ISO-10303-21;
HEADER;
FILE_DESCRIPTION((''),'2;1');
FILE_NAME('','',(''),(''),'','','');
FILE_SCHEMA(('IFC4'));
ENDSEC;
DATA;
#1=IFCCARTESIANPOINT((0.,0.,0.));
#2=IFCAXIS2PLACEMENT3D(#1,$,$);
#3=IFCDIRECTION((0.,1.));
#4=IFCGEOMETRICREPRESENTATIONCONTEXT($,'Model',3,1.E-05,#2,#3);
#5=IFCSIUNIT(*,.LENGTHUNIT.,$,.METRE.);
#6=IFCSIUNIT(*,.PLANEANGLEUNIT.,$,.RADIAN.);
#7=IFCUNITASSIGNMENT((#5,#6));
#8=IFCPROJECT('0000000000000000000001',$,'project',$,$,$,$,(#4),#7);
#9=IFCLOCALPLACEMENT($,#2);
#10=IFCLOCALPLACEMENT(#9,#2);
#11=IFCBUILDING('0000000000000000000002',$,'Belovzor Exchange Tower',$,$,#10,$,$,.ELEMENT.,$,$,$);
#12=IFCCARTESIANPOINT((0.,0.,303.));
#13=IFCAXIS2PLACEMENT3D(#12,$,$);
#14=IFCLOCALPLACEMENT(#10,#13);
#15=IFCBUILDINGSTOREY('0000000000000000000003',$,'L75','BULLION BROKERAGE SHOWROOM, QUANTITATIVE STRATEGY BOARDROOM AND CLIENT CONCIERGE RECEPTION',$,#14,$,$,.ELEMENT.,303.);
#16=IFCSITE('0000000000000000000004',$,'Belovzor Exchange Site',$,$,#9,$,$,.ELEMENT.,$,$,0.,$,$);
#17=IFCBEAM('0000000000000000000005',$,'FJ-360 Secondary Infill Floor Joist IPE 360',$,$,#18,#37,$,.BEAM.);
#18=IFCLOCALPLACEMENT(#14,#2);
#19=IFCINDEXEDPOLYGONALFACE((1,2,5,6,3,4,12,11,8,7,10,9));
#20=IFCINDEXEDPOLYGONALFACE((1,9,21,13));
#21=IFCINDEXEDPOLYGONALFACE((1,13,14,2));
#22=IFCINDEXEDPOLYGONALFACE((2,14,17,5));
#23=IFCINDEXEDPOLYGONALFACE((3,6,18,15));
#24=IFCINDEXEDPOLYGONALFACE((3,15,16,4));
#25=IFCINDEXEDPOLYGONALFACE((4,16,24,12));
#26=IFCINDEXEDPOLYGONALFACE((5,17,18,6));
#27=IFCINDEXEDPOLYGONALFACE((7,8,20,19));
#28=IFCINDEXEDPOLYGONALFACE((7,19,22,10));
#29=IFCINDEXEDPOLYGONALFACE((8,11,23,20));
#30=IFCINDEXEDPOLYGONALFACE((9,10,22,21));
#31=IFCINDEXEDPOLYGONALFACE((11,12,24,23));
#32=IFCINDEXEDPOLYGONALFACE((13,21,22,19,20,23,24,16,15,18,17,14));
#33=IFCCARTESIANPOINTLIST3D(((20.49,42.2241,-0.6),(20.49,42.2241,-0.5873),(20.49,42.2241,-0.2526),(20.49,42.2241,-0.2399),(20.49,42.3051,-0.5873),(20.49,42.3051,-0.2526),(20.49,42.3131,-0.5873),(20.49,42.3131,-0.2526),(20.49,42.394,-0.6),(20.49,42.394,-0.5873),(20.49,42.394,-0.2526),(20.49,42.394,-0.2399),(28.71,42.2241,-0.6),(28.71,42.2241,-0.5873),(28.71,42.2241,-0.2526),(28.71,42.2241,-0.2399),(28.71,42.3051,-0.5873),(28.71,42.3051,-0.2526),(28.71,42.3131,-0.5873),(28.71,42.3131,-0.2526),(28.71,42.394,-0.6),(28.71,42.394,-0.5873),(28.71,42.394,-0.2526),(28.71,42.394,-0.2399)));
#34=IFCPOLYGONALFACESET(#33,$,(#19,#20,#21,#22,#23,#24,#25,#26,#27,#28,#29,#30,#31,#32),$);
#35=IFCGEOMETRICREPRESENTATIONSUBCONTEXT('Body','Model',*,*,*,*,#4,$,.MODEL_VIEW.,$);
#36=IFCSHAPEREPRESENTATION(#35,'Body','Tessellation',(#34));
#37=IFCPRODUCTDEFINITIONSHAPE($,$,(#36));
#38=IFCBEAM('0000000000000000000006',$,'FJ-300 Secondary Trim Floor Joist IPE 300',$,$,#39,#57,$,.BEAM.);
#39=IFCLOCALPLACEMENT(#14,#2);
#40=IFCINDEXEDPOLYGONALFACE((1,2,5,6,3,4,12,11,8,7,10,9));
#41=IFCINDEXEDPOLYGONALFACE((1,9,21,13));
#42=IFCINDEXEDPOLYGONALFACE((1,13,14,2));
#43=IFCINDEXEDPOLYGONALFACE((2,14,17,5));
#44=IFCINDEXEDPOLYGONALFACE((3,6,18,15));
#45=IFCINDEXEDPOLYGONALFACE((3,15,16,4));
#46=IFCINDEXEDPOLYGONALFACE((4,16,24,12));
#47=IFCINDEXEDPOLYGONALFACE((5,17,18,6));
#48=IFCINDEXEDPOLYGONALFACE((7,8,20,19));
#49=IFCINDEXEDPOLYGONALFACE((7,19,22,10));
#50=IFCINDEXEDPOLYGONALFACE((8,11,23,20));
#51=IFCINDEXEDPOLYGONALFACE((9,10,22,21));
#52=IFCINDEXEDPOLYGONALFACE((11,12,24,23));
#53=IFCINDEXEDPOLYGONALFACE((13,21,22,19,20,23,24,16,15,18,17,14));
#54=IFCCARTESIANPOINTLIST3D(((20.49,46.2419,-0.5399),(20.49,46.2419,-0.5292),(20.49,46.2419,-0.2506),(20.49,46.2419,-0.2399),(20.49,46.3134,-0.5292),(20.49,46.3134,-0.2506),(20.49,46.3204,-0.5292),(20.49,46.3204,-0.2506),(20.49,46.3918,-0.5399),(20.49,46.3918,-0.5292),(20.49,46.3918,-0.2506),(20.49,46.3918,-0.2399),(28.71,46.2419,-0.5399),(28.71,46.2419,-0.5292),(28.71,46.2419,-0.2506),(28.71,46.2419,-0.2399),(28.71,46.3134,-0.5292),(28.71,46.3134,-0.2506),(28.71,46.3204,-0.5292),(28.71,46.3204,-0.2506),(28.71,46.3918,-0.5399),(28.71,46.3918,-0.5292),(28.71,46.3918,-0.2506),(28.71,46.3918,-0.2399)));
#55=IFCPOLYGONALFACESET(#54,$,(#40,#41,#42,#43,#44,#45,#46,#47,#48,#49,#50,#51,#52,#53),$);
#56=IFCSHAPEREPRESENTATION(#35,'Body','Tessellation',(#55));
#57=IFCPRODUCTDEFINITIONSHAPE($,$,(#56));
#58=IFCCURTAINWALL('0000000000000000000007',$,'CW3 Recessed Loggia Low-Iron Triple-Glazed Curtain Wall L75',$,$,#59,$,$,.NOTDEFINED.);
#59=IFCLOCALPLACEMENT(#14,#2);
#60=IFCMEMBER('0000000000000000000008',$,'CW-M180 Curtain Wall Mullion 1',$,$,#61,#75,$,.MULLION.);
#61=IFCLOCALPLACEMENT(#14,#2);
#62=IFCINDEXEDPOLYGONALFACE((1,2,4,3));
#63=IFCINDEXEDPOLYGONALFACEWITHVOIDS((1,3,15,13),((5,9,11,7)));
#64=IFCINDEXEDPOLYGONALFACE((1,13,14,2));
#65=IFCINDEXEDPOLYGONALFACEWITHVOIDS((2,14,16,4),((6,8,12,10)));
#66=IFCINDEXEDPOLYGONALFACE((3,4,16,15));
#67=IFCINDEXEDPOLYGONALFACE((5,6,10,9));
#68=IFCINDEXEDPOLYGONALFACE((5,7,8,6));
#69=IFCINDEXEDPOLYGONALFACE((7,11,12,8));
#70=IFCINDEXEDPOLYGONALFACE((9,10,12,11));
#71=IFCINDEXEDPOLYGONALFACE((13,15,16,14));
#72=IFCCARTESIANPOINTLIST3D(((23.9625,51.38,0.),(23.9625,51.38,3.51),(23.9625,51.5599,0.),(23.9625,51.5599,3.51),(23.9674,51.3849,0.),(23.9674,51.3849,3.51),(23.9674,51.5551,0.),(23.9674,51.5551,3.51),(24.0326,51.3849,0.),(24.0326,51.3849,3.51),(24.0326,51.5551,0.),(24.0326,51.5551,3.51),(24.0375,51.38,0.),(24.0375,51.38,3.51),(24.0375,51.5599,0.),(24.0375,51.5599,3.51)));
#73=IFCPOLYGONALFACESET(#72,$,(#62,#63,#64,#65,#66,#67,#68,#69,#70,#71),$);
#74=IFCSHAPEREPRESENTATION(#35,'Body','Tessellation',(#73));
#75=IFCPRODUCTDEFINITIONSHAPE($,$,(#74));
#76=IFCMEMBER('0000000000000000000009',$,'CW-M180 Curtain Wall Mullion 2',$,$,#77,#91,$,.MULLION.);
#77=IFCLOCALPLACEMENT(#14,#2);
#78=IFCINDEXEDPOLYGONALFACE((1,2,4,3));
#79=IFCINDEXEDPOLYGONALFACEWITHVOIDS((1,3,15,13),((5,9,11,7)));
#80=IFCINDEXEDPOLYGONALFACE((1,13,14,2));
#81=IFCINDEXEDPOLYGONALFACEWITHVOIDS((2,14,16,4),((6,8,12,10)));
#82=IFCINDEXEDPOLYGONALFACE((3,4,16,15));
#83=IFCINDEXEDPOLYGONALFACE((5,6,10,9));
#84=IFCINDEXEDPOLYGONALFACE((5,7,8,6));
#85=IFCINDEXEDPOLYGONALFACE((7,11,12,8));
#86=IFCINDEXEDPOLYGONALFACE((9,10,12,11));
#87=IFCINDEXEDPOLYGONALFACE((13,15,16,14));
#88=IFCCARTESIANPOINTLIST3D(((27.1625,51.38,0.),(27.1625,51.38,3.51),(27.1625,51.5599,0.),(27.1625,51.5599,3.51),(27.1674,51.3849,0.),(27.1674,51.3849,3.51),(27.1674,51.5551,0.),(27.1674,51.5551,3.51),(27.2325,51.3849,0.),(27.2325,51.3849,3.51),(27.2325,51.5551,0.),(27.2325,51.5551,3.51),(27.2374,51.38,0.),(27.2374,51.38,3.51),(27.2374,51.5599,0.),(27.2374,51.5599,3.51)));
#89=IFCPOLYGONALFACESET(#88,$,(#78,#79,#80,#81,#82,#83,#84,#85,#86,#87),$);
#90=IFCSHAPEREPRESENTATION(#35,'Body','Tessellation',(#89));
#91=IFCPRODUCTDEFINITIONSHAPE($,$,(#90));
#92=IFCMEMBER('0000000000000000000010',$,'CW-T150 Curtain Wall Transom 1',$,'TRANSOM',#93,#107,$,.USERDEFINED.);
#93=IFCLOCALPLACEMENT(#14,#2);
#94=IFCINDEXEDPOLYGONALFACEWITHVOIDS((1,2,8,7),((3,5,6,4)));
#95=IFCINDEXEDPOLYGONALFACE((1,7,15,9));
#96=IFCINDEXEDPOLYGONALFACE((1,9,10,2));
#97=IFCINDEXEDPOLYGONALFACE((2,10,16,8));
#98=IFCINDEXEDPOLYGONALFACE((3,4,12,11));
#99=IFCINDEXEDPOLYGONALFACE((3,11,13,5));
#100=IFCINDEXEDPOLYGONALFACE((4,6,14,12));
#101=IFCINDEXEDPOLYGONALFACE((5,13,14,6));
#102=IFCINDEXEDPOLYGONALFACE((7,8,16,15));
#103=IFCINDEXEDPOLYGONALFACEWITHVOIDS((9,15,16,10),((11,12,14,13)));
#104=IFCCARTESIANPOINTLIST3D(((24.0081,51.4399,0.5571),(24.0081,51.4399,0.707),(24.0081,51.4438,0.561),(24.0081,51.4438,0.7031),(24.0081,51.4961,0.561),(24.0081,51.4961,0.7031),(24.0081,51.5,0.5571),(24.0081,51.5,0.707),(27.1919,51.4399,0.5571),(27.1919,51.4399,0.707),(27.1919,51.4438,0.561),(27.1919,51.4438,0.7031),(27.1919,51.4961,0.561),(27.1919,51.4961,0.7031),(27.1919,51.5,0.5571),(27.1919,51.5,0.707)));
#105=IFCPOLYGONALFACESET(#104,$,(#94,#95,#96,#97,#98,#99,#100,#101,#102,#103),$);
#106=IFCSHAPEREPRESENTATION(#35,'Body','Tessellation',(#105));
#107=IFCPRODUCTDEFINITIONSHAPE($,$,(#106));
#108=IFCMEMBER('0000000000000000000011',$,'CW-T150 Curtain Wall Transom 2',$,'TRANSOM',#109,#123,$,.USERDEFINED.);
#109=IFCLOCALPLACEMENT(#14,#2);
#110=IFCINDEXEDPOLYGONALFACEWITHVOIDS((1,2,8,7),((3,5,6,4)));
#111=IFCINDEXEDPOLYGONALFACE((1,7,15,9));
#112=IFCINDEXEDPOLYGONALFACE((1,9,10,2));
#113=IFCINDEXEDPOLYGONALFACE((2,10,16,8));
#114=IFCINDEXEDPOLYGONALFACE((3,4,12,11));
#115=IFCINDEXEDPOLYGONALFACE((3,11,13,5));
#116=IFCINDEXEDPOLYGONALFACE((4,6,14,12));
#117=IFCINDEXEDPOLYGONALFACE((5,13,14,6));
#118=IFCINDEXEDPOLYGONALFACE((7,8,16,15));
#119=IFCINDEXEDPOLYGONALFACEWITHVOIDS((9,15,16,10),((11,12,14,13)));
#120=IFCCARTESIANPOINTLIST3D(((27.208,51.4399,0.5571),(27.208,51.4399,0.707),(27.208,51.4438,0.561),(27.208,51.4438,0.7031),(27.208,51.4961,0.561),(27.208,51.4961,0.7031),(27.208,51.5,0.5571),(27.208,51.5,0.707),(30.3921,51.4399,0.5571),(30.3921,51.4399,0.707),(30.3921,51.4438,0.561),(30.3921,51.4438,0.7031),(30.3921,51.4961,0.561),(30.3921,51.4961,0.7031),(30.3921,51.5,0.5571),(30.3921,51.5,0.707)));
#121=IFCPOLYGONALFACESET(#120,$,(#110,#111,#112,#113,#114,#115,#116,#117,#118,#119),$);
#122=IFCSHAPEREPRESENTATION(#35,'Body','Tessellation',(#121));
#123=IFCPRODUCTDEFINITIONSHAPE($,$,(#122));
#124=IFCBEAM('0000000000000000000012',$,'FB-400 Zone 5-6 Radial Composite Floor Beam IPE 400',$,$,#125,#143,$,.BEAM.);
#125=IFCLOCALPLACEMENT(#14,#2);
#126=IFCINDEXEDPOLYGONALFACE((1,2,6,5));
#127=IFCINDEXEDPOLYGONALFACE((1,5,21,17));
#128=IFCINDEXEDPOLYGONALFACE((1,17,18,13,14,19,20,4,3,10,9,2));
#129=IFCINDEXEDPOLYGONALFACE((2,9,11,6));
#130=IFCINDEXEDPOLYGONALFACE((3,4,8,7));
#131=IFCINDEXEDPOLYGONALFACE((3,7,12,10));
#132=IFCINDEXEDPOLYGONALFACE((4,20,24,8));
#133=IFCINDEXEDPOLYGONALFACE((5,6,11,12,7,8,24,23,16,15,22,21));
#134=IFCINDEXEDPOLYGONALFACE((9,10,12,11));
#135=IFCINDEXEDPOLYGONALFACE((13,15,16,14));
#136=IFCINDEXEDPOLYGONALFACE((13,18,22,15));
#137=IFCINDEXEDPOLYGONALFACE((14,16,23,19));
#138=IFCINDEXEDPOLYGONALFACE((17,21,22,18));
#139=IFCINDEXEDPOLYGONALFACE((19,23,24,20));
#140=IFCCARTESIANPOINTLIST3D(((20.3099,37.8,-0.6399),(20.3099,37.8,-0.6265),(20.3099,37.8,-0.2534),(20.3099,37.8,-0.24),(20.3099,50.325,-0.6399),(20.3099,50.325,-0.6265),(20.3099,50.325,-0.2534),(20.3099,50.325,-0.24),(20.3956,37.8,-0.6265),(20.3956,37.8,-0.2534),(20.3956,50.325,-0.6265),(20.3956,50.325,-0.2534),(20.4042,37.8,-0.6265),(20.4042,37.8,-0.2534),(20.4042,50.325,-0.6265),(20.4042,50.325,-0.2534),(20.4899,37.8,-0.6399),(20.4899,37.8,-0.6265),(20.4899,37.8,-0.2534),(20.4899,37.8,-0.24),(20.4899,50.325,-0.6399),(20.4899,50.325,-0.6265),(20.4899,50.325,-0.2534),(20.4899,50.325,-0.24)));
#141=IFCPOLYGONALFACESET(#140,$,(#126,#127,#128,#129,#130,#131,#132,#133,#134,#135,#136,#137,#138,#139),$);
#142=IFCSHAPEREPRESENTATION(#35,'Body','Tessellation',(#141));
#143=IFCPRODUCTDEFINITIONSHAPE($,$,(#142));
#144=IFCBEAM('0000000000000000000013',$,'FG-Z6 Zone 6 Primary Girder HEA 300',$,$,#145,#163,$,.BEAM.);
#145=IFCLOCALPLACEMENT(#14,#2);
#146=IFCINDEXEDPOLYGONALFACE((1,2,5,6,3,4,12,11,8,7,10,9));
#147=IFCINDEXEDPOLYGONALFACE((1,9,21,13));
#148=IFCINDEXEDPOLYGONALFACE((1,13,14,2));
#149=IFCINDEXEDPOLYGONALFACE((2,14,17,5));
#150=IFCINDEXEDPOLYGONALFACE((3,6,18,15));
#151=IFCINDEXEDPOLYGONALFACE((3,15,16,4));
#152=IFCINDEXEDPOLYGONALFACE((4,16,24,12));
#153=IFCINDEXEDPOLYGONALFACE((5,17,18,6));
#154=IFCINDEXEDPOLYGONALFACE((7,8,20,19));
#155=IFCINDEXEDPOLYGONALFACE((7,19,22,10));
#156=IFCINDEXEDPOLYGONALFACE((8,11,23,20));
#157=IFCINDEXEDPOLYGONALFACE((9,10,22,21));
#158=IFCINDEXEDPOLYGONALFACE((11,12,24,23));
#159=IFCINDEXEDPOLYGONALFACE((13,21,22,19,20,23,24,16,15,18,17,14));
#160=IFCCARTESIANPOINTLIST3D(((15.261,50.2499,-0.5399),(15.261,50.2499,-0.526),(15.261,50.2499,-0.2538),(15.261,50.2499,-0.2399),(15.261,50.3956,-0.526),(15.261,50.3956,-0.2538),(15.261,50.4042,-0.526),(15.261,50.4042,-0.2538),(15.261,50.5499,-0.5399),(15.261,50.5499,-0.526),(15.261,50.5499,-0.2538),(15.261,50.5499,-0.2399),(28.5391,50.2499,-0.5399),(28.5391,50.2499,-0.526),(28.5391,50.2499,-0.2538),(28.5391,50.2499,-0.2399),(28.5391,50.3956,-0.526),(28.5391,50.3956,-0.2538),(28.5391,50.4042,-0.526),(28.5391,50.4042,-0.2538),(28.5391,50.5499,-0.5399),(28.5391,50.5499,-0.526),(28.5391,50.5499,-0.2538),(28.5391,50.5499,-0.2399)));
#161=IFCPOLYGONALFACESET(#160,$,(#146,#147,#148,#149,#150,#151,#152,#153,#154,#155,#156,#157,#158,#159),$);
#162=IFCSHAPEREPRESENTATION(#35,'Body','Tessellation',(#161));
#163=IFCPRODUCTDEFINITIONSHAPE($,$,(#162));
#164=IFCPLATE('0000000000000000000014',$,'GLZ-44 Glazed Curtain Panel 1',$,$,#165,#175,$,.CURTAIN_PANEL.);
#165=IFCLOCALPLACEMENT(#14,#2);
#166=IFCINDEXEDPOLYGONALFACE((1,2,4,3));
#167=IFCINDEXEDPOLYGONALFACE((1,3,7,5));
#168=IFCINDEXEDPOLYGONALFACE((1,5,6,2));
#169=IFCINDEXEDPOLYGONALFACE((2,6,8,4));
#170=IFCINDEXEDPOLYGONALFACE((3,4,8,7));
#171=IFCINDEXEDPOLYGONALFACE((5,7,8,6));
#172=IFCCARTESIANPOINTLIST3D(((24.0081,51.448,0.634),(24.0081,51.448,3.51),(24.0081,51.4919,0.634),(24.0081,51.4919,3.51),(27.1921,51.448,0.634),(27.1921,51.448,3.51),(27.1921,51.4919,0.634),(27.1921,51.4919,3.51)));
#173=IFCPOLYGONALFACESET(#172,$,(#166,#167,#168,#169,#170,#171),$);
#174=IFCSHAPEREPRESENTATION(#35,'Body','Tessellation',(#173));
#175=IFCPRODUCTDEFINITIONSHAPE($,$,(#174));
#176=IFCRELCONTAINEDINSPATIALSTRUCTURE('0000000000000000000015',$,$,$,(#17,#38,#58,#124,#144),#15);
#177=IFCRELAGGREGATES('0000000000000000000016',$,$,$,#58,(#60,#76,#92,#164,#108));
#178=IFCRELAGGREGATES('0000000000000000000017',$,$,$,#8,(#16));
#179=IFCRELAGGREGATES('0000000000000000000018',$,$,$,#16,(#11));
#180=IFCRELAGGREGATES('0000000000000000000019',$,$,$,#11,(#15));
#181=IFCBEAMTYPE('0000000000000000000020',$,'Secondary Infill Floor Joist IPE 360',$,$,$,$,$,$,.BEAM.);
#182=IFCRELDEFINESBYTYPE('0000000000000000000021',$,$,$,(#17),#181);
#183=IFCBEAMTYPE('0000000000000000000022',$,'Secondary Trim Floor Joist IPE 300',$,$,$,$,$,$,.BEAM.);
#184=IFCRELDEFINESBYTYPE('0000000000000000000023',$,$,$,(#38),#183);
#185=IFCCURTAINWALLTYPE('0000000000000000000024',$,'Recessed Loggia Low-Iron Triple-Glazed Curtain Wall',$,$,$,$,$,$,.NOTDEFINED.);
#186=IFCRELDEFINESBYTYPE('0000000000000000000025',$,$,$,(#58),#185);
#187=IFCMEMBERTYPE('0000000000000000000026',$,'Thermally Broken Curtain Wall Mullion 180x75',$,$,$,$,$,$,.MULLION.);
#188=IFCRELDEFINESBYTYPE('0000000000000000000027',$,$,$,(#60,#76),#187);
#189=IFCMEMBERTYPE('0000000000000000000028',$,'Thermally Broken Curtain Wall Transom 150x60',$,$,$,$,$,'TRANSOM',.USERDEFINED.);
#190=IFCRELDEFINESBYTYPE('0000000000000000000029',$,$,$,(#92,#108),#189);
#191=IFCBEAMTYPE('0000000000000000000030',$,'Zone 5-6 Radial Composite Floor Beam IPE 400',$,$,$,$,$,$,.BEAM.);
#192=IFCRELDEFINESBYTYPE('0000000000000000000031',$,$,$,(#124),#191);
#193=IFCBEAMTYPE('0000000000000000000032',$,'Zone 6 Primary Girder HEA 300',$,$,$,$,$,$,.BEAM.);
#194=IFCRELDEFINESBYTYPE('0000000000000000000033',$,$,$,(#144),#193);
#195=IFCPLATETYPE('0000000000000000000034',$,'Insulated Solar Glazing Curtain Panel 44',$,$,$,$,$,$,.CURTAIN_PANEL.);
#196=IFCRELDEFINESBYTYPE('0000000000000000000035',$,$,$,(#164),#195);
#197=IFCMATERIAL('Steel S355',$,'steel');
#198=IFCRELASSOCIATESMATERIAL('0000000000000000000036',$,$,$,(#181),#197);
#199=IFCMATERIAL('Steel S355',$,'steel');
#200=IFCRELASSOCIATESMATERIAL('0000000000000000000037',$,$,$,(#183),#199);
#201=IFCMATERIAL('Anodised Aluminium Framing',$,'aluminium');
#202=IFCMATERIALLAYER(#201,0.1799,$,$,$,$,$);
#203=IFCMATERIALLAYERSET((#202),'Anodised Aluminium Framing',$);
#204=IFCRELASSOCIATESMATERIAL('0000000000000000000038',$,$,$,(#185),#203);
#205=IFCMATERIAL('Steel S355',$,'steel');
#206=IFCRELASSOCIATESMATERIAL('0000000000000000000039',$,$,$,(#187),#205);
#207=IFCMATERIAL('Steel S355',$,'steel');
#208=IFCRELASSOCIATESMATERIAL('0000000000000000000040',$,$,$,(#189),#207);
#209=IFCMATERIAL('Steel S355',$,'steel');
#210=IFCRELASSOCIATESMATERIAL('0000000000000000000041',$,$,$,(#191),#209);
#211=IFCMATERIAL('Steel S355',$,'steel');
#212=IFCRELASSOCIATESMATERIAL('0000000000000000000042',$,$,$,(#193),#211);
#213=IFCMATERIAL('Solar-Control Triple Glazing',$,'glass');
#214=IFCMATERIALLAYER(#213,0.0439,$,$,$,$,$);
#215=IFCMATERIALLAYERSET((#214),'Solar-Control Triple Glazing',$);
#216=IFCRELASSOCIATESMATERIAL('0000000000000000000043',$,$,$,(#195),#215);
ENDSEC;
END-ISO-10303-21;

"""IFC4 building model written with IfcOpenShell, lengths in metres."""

from ifc_helpers import new_model, si_unit, direction, frame, origin, origin_2d, place, context, subcontext, project, spatial, rectangle, hollow_rectangle, i_section, extrude, material, layer, layer_set, material_profile, profile_set, type_object, element, aggregate, save


model = new_model("IFC4")

# Units and contexts
model_context = context("Model", 3, precision=1e-05, world=origin(), true_north=direction((0.0, 1.0)))
body_context = subcontext(model_context, "Body", "Model", "MODEL_VIEW")
ifc_project = project(units=[si_unit("LENGTHUNIT", "METRE"), si_unit("PLANEANGLEUNIT", "RADIAN")], contexts=[model_context])

# Site, building, storey
site_placement = place(None, origin())
site = spatial("IfcSite", under=ifc_project, at=site_placement, Name="Belovzor Exchange Site", CompositionType="ELEMENT", RefElevation=0.0)
building_placement = place(site_placement, origin())
building = spatial("IfcBuilding", under=site, at=building_placement, Name="Belovzor Exchange Tower", CompositionType="ELEMENT")
storey_placement = place(building_placement, frame((0.0, 0.0, 303.0)))
storey = spatial("IfcBuildingStorey", under=building, at=storey_placement, Name="L75", Description="BULLION BROKERAGE SHOWROOM, QUANTITATIVE STRATEGY BOARDROOM AND CLIENT CONCIERGE RECEPTION", CompositionType="ELEMENT", Elevation=303.0)

# Beams
ifc_material_1 = material(Name="Steel S355", Category="steel")
ifc_material_profile_1 = material_profile(ifc_material_1, i_section(OverallWidth=0.1699, OverallDepth=0.3601, WebThickness=0.0081, FlangeThickness=0.0127, at=origin_2d()))
ifc_profile_set_1 = profile_set([ifc_material_profile_1], Name="Steel S355")
beam_type_1 = type_object("IfcBeamType", Name="Secondary Infill Floor Joist IPE 360", PredefinedType="BEAM", material=ifc_profile_set_1)
beam_1_placement = place(storey_placement, frame((20.49, 42.3091, -0.4199), z_axis=(1.0, 0.0, 0.0), x_axis=(0.0, 1.0, 0.0)))
element("IfcBeam", 1, at=beam_1_placement, inside=storey, type_object=beam_type_1, Name="FJ-360 Secondary Infill Floor Joist IPE 360", PredefinedType="BEAM", context=body_context, shape_type="SweptSolid", body=[
    extrude(i_section(OverallWidth=0.1699, OverallDepth=0.3601, WebThickness=0.0081, FlangeThickness=0.0127, at=origin_2d()), origin(), (0.0, 0.0, 1.0), 8.22),
])
ifc_material_2 = material(Name="Steel S355", Category="steel")
ifc_material_profile_2 = material_profile(ifc_material_2, i_section(OverallWidth=0.1499, OverallDepth=0.3, WebThickness=0.0071, FlangeThickness=0.0107, at=origin_2d()))
ifc_profile_set_2 = profile_set([ifc_material_profile_2], Name="Steel S355")
beam_type_2 = type_object("IfcBeamType", Name="Secondary Trim Floor Joist IPE 300", PredefinedType="BEAM", material=ifc_profile_set_2)
beam_2_placement = place(storey_placement, frame((20.49, 46.3169, -0.3899), z_axis=(1.0, 0.0, 0.0), x_axis=(0.0, 1.0, 0.0)))
element("IfcBeam", 2, at=beam_2_placement, inside=storey, type_object=beam_type_2, Name="FJ-300 Secondary Trim Floor Joist IPE 300", PredefinedType="BEAM", context=body_context, shape_type="SweptSolid", body=[
    extrude(i_section(OverallWidth=0.1499, OverallDepth=0.3, WebThickness=0.0071, FlangeThickness=0.0107, at=origin_2d()), origin(), (0.0, 0.0, 1.0), 8.22),
])

# Curtain wall, members
ifc_material_3 = material(Name="Anodised Aluminium Framing", Category="aluminium")
ifc_layer_1 = layer(ifc_material_3, 0.1799)
ifc_layer_set_1 = layer_set([ifc_layer_1], Name="Anodised Aluminium Framing")
curtain_wall_type = type_object("IfcCurtainWallType", Name="Recessed Loggia Low-Iron Triple-Glazed Curtain Wall", PredefinedType="NOTDEFINED", material=ifc_layer_set_1)
curtain_wall_placement = place(storey_placement, origin())
curtain_wall = element("IfcCurtainWall", 3, at=curtain_wall_placement, inside=storey, type_object=curtain_wall_type, Name="CW3 Recessed Loggia Low-Iron Triple-Glazed Curtain Wall L75", PredefinedType="NOTDEFINED")
ifc_material_4 = material(Name="Steel S355", Category="steel")
ifc_material_profile_3 = material_profile(ifc_material_4, hollow_rectangle(XDim=0.075, YDim=0.1799, WallThickness=0.0049, at=origin_2d()))
ifc_profile_set_3 = profile_set([ifc_material_profile_3], Name="Steel S355")
member_type_1 = type_object("IfcMemberType", Name="Thermally Broken Curtain Wall Mullion 180x75", PredefinedType="MULLION", material=ifc_profile_set_3)
member_1_placement = place(storey_placement, frame((24.0, 51.47, 0.0), z_axis=(0.0, 0.0, 1.0), x_axis=(1.0, 0.0, 0.0)))
member_1 = element("IfcMember", 4, at=member_1_placement, type_object=member_type_1, Name="CW-M180 Curtain Wall Mullion 1", PredefinedType="MULLION", context=body_context, shape_type="SweptSolid", body=[
    extrude(hollow_rectangle(XDim=0.075, YDim=0.1799, WallThickness=0.0049, at=origin_2d()), origin(), (0.0, 0.0, 1.0), 3.51),
])
member_2_placement = place(storey_placement, frame((27.2, 51.47, 0.0), z_axis=(0.0, 0.0, 1.0), x_axis=(1.0, 0.0, 0.0)))
member_2 = element("IfcMember", 5, at=member_2_placement, type_object=member_type_1, Name="CW-M180 Curtain Wall Mullion 2", PredefinedType="MULLION", context=body_context, shape_type="SweptSolid", body=[
    extrude(hollow_rectangle(XDim=0.075, YDim=0.1799, WallThickness=0.0049, at=origin_2d()), origin(), (0.0, 0.0, 1.0), 3.51),
])
ifc_material_5 = material(Name="Steel S355", Category="steel")
ifc_material_profile_4 = material_profile(ifc_material_5, hollow_rectangle(XDim=0.0601, YDim=0.1499, WallThickness=0.0039, at=origin_2d()))
ifc_profile_set_4 = profile_set([ifc_material_profile_4], Name="Steel S355")
member_type_2 = type_object("IfcMemberType", Name="Thermally Broken Curtain Wall Transom 150x60", ElementType="TRANSOM", PredefinedType="USERDEFINED", material=ifc_profile_set_4)
member_3_placement = place(storey_placement, frame((24.0081, 51.47, 0.6321), z_axis=(1.0, 0.0, 0.0), x_axis=(0.0, 1.0, 0.0)))
member_3 = element("IfcMember", 6, at=member_3_placement, type_object=member_type_2, Name="CW-T150 Curtain Wall Transom 1", ObjectType="TRANSOM", PredefinedType="USERDEFINED", context=body_context, shape_type="SweptSolid", body=[
    extrude(hollow_rectangle(XDim=0.0601, YDim=0.1499, WallThickness=0.0039, at=origin_2d()), origin(), (0.0, 0.0, 1.0), 3.1838),
])
member_4_placement = place(storey_placement, frame((27.208, 51.47, 0.6321), z_axis=(1.0, 0.0, 0.0), x_axis=(0.0, 1.0, 0.0)))
member_4 = element("IfcMember", 7, at=member_4_placement, type_object=member_type_2, Name="CW-T150 Curtain Wall Transom 2", ObjectType="TRANSOM", PredefinedType="USERDEFINED", context=body_context, shape_type="SweptSolid", body=[
    extrude(hollow_rectangle(XDim=0.0601, YDim=0.1499, WallThickness=0.0039, at=origin_2d()), origin(), (0.0, 0.0, 1.0), 3.1841),
])

# Beams
ifc_material_6 = material(Name="Steel S355", Category="steel")
ifc_material_profile_5 = material_profile(ifc_material_6, i_section(OverallWidth=0.1799, OverallDepth=0.3999, WebThickness=0.0085, FlangeThickness=0.0134, at=origin_2d()))
ifc_profile_set_5 = profile_set([ifc_material_profile_5], Name="Steel S355")
beam_type_3 = type_object("IfcBeamType", Name="Zone 5-6 Radial Composite Floor Beam IPE 400", PredefinedType="BEAM", material=ifc_profile_set_5)
beam_3_placement = place(storey_placement, frame((20.3999, 37.8, -0.4399), z_axis=(0.0, 1.0, 0.0), x_axis=(-1.0, 0.0, 0.0)))
element("IfcBeam", 8, at=beam_3_placement, inside=storey, type_object=beam_type_3, Name="FB-400 Zone 5-6 Radial Composite Floor Beam IPE 400", PredefinedType="BEAM", context=body_context, shape_type="SweptSolid", body=[
    extrude(i_section(OverallWidth=0.1799, OverallDepth=0.3999, WebThickness=0.0085, FlangeThickness=0.0134, at=origin_2d()), origin(), (0.0, 0.0, 1.0), 12.5249),
])
ifc_material_7 = material(Name="Steel S355", Category="steel")
ifc_material_profile_6 = material_profile(ifc_material_7, i_section(OverallWidth=0.3, OverallDepth=0.3, WebThickness=0.0085, FlangeThickness=0.0139, at=origin_2d()))
ifc_profile_set_6 = profile_set([ifc_material_profile_6], Name="Steel S355")
beam_type_4 = type_object("IfcBeamType", Name="Zone 6 Primary Girder HEA 300", PredefinedType="BEAM", material=ifc_profile_set_6)
beam_4_placement = place(storey_placement, frame((28.5391, 50.3999, -0.3899), z_axis=(-1.0, 0.0, 0.0), x_axis=(0.0, -1.0, 0.0)))
element("IfcBeam", 9, at=beam_4_placement, inside=storey, type_object=beam_type_4, Name="FG-Z6 Zone 6 Primary Girder HEA 300", PredefinedType="BEAM", context=body_context, shape_type="SweptSolid", body=[
    extrude(i_section(OverallWidth=0.3, OverallDepth=0.3, WebThickness=0.0085, FlangeThickness=0.0139, at=origin_2d()), origin(), (0.0, 0.0, 1.0), 13.2781),
])

# Plate
ifc_material_8 = material(Name="Solar-Control Triple Glazing", Category="glass")
ifc_layer_2 = layer(ifc_material_8, 0.0439)
ifc_layer_set_2 = layer_set([ifc_layer_2], Name="Solar-Control Triple Glazing")
plate_type_1 = type_object("IfcPlateType", Name="Insulated Solar Glazing Curtain Panel 44", PredefinedType="CURTAIN_PANEL", material=ifc_layer_set_2)
plate_1_placement = place(storey_placement, frame((25.6001, 51.47, 0.634), z_axis=(0.0, 0.0, 1.0), x_axis=(1.0, 0.0, 0.0)))
plate_1 = element("IfcPlate", 10, at=plate_1_placement, type_object=plate_type_1, Name="GLZ-44 Glazed Curtain Panel 1", PredefinedType="CURTAIN_PANEL", context=body_context, shape_type="SweptSolid", body=[
    extrude(rectangle(XDim=3.1841, YDim=0.0439, at=origin_2d()), origin(), (0.0, 0.0, 1.0), 2.876),
])
aggregate(curtain_wall, [member_1, member_2, member_3, plate_1, member_4])

save(model, "model.ifc")
